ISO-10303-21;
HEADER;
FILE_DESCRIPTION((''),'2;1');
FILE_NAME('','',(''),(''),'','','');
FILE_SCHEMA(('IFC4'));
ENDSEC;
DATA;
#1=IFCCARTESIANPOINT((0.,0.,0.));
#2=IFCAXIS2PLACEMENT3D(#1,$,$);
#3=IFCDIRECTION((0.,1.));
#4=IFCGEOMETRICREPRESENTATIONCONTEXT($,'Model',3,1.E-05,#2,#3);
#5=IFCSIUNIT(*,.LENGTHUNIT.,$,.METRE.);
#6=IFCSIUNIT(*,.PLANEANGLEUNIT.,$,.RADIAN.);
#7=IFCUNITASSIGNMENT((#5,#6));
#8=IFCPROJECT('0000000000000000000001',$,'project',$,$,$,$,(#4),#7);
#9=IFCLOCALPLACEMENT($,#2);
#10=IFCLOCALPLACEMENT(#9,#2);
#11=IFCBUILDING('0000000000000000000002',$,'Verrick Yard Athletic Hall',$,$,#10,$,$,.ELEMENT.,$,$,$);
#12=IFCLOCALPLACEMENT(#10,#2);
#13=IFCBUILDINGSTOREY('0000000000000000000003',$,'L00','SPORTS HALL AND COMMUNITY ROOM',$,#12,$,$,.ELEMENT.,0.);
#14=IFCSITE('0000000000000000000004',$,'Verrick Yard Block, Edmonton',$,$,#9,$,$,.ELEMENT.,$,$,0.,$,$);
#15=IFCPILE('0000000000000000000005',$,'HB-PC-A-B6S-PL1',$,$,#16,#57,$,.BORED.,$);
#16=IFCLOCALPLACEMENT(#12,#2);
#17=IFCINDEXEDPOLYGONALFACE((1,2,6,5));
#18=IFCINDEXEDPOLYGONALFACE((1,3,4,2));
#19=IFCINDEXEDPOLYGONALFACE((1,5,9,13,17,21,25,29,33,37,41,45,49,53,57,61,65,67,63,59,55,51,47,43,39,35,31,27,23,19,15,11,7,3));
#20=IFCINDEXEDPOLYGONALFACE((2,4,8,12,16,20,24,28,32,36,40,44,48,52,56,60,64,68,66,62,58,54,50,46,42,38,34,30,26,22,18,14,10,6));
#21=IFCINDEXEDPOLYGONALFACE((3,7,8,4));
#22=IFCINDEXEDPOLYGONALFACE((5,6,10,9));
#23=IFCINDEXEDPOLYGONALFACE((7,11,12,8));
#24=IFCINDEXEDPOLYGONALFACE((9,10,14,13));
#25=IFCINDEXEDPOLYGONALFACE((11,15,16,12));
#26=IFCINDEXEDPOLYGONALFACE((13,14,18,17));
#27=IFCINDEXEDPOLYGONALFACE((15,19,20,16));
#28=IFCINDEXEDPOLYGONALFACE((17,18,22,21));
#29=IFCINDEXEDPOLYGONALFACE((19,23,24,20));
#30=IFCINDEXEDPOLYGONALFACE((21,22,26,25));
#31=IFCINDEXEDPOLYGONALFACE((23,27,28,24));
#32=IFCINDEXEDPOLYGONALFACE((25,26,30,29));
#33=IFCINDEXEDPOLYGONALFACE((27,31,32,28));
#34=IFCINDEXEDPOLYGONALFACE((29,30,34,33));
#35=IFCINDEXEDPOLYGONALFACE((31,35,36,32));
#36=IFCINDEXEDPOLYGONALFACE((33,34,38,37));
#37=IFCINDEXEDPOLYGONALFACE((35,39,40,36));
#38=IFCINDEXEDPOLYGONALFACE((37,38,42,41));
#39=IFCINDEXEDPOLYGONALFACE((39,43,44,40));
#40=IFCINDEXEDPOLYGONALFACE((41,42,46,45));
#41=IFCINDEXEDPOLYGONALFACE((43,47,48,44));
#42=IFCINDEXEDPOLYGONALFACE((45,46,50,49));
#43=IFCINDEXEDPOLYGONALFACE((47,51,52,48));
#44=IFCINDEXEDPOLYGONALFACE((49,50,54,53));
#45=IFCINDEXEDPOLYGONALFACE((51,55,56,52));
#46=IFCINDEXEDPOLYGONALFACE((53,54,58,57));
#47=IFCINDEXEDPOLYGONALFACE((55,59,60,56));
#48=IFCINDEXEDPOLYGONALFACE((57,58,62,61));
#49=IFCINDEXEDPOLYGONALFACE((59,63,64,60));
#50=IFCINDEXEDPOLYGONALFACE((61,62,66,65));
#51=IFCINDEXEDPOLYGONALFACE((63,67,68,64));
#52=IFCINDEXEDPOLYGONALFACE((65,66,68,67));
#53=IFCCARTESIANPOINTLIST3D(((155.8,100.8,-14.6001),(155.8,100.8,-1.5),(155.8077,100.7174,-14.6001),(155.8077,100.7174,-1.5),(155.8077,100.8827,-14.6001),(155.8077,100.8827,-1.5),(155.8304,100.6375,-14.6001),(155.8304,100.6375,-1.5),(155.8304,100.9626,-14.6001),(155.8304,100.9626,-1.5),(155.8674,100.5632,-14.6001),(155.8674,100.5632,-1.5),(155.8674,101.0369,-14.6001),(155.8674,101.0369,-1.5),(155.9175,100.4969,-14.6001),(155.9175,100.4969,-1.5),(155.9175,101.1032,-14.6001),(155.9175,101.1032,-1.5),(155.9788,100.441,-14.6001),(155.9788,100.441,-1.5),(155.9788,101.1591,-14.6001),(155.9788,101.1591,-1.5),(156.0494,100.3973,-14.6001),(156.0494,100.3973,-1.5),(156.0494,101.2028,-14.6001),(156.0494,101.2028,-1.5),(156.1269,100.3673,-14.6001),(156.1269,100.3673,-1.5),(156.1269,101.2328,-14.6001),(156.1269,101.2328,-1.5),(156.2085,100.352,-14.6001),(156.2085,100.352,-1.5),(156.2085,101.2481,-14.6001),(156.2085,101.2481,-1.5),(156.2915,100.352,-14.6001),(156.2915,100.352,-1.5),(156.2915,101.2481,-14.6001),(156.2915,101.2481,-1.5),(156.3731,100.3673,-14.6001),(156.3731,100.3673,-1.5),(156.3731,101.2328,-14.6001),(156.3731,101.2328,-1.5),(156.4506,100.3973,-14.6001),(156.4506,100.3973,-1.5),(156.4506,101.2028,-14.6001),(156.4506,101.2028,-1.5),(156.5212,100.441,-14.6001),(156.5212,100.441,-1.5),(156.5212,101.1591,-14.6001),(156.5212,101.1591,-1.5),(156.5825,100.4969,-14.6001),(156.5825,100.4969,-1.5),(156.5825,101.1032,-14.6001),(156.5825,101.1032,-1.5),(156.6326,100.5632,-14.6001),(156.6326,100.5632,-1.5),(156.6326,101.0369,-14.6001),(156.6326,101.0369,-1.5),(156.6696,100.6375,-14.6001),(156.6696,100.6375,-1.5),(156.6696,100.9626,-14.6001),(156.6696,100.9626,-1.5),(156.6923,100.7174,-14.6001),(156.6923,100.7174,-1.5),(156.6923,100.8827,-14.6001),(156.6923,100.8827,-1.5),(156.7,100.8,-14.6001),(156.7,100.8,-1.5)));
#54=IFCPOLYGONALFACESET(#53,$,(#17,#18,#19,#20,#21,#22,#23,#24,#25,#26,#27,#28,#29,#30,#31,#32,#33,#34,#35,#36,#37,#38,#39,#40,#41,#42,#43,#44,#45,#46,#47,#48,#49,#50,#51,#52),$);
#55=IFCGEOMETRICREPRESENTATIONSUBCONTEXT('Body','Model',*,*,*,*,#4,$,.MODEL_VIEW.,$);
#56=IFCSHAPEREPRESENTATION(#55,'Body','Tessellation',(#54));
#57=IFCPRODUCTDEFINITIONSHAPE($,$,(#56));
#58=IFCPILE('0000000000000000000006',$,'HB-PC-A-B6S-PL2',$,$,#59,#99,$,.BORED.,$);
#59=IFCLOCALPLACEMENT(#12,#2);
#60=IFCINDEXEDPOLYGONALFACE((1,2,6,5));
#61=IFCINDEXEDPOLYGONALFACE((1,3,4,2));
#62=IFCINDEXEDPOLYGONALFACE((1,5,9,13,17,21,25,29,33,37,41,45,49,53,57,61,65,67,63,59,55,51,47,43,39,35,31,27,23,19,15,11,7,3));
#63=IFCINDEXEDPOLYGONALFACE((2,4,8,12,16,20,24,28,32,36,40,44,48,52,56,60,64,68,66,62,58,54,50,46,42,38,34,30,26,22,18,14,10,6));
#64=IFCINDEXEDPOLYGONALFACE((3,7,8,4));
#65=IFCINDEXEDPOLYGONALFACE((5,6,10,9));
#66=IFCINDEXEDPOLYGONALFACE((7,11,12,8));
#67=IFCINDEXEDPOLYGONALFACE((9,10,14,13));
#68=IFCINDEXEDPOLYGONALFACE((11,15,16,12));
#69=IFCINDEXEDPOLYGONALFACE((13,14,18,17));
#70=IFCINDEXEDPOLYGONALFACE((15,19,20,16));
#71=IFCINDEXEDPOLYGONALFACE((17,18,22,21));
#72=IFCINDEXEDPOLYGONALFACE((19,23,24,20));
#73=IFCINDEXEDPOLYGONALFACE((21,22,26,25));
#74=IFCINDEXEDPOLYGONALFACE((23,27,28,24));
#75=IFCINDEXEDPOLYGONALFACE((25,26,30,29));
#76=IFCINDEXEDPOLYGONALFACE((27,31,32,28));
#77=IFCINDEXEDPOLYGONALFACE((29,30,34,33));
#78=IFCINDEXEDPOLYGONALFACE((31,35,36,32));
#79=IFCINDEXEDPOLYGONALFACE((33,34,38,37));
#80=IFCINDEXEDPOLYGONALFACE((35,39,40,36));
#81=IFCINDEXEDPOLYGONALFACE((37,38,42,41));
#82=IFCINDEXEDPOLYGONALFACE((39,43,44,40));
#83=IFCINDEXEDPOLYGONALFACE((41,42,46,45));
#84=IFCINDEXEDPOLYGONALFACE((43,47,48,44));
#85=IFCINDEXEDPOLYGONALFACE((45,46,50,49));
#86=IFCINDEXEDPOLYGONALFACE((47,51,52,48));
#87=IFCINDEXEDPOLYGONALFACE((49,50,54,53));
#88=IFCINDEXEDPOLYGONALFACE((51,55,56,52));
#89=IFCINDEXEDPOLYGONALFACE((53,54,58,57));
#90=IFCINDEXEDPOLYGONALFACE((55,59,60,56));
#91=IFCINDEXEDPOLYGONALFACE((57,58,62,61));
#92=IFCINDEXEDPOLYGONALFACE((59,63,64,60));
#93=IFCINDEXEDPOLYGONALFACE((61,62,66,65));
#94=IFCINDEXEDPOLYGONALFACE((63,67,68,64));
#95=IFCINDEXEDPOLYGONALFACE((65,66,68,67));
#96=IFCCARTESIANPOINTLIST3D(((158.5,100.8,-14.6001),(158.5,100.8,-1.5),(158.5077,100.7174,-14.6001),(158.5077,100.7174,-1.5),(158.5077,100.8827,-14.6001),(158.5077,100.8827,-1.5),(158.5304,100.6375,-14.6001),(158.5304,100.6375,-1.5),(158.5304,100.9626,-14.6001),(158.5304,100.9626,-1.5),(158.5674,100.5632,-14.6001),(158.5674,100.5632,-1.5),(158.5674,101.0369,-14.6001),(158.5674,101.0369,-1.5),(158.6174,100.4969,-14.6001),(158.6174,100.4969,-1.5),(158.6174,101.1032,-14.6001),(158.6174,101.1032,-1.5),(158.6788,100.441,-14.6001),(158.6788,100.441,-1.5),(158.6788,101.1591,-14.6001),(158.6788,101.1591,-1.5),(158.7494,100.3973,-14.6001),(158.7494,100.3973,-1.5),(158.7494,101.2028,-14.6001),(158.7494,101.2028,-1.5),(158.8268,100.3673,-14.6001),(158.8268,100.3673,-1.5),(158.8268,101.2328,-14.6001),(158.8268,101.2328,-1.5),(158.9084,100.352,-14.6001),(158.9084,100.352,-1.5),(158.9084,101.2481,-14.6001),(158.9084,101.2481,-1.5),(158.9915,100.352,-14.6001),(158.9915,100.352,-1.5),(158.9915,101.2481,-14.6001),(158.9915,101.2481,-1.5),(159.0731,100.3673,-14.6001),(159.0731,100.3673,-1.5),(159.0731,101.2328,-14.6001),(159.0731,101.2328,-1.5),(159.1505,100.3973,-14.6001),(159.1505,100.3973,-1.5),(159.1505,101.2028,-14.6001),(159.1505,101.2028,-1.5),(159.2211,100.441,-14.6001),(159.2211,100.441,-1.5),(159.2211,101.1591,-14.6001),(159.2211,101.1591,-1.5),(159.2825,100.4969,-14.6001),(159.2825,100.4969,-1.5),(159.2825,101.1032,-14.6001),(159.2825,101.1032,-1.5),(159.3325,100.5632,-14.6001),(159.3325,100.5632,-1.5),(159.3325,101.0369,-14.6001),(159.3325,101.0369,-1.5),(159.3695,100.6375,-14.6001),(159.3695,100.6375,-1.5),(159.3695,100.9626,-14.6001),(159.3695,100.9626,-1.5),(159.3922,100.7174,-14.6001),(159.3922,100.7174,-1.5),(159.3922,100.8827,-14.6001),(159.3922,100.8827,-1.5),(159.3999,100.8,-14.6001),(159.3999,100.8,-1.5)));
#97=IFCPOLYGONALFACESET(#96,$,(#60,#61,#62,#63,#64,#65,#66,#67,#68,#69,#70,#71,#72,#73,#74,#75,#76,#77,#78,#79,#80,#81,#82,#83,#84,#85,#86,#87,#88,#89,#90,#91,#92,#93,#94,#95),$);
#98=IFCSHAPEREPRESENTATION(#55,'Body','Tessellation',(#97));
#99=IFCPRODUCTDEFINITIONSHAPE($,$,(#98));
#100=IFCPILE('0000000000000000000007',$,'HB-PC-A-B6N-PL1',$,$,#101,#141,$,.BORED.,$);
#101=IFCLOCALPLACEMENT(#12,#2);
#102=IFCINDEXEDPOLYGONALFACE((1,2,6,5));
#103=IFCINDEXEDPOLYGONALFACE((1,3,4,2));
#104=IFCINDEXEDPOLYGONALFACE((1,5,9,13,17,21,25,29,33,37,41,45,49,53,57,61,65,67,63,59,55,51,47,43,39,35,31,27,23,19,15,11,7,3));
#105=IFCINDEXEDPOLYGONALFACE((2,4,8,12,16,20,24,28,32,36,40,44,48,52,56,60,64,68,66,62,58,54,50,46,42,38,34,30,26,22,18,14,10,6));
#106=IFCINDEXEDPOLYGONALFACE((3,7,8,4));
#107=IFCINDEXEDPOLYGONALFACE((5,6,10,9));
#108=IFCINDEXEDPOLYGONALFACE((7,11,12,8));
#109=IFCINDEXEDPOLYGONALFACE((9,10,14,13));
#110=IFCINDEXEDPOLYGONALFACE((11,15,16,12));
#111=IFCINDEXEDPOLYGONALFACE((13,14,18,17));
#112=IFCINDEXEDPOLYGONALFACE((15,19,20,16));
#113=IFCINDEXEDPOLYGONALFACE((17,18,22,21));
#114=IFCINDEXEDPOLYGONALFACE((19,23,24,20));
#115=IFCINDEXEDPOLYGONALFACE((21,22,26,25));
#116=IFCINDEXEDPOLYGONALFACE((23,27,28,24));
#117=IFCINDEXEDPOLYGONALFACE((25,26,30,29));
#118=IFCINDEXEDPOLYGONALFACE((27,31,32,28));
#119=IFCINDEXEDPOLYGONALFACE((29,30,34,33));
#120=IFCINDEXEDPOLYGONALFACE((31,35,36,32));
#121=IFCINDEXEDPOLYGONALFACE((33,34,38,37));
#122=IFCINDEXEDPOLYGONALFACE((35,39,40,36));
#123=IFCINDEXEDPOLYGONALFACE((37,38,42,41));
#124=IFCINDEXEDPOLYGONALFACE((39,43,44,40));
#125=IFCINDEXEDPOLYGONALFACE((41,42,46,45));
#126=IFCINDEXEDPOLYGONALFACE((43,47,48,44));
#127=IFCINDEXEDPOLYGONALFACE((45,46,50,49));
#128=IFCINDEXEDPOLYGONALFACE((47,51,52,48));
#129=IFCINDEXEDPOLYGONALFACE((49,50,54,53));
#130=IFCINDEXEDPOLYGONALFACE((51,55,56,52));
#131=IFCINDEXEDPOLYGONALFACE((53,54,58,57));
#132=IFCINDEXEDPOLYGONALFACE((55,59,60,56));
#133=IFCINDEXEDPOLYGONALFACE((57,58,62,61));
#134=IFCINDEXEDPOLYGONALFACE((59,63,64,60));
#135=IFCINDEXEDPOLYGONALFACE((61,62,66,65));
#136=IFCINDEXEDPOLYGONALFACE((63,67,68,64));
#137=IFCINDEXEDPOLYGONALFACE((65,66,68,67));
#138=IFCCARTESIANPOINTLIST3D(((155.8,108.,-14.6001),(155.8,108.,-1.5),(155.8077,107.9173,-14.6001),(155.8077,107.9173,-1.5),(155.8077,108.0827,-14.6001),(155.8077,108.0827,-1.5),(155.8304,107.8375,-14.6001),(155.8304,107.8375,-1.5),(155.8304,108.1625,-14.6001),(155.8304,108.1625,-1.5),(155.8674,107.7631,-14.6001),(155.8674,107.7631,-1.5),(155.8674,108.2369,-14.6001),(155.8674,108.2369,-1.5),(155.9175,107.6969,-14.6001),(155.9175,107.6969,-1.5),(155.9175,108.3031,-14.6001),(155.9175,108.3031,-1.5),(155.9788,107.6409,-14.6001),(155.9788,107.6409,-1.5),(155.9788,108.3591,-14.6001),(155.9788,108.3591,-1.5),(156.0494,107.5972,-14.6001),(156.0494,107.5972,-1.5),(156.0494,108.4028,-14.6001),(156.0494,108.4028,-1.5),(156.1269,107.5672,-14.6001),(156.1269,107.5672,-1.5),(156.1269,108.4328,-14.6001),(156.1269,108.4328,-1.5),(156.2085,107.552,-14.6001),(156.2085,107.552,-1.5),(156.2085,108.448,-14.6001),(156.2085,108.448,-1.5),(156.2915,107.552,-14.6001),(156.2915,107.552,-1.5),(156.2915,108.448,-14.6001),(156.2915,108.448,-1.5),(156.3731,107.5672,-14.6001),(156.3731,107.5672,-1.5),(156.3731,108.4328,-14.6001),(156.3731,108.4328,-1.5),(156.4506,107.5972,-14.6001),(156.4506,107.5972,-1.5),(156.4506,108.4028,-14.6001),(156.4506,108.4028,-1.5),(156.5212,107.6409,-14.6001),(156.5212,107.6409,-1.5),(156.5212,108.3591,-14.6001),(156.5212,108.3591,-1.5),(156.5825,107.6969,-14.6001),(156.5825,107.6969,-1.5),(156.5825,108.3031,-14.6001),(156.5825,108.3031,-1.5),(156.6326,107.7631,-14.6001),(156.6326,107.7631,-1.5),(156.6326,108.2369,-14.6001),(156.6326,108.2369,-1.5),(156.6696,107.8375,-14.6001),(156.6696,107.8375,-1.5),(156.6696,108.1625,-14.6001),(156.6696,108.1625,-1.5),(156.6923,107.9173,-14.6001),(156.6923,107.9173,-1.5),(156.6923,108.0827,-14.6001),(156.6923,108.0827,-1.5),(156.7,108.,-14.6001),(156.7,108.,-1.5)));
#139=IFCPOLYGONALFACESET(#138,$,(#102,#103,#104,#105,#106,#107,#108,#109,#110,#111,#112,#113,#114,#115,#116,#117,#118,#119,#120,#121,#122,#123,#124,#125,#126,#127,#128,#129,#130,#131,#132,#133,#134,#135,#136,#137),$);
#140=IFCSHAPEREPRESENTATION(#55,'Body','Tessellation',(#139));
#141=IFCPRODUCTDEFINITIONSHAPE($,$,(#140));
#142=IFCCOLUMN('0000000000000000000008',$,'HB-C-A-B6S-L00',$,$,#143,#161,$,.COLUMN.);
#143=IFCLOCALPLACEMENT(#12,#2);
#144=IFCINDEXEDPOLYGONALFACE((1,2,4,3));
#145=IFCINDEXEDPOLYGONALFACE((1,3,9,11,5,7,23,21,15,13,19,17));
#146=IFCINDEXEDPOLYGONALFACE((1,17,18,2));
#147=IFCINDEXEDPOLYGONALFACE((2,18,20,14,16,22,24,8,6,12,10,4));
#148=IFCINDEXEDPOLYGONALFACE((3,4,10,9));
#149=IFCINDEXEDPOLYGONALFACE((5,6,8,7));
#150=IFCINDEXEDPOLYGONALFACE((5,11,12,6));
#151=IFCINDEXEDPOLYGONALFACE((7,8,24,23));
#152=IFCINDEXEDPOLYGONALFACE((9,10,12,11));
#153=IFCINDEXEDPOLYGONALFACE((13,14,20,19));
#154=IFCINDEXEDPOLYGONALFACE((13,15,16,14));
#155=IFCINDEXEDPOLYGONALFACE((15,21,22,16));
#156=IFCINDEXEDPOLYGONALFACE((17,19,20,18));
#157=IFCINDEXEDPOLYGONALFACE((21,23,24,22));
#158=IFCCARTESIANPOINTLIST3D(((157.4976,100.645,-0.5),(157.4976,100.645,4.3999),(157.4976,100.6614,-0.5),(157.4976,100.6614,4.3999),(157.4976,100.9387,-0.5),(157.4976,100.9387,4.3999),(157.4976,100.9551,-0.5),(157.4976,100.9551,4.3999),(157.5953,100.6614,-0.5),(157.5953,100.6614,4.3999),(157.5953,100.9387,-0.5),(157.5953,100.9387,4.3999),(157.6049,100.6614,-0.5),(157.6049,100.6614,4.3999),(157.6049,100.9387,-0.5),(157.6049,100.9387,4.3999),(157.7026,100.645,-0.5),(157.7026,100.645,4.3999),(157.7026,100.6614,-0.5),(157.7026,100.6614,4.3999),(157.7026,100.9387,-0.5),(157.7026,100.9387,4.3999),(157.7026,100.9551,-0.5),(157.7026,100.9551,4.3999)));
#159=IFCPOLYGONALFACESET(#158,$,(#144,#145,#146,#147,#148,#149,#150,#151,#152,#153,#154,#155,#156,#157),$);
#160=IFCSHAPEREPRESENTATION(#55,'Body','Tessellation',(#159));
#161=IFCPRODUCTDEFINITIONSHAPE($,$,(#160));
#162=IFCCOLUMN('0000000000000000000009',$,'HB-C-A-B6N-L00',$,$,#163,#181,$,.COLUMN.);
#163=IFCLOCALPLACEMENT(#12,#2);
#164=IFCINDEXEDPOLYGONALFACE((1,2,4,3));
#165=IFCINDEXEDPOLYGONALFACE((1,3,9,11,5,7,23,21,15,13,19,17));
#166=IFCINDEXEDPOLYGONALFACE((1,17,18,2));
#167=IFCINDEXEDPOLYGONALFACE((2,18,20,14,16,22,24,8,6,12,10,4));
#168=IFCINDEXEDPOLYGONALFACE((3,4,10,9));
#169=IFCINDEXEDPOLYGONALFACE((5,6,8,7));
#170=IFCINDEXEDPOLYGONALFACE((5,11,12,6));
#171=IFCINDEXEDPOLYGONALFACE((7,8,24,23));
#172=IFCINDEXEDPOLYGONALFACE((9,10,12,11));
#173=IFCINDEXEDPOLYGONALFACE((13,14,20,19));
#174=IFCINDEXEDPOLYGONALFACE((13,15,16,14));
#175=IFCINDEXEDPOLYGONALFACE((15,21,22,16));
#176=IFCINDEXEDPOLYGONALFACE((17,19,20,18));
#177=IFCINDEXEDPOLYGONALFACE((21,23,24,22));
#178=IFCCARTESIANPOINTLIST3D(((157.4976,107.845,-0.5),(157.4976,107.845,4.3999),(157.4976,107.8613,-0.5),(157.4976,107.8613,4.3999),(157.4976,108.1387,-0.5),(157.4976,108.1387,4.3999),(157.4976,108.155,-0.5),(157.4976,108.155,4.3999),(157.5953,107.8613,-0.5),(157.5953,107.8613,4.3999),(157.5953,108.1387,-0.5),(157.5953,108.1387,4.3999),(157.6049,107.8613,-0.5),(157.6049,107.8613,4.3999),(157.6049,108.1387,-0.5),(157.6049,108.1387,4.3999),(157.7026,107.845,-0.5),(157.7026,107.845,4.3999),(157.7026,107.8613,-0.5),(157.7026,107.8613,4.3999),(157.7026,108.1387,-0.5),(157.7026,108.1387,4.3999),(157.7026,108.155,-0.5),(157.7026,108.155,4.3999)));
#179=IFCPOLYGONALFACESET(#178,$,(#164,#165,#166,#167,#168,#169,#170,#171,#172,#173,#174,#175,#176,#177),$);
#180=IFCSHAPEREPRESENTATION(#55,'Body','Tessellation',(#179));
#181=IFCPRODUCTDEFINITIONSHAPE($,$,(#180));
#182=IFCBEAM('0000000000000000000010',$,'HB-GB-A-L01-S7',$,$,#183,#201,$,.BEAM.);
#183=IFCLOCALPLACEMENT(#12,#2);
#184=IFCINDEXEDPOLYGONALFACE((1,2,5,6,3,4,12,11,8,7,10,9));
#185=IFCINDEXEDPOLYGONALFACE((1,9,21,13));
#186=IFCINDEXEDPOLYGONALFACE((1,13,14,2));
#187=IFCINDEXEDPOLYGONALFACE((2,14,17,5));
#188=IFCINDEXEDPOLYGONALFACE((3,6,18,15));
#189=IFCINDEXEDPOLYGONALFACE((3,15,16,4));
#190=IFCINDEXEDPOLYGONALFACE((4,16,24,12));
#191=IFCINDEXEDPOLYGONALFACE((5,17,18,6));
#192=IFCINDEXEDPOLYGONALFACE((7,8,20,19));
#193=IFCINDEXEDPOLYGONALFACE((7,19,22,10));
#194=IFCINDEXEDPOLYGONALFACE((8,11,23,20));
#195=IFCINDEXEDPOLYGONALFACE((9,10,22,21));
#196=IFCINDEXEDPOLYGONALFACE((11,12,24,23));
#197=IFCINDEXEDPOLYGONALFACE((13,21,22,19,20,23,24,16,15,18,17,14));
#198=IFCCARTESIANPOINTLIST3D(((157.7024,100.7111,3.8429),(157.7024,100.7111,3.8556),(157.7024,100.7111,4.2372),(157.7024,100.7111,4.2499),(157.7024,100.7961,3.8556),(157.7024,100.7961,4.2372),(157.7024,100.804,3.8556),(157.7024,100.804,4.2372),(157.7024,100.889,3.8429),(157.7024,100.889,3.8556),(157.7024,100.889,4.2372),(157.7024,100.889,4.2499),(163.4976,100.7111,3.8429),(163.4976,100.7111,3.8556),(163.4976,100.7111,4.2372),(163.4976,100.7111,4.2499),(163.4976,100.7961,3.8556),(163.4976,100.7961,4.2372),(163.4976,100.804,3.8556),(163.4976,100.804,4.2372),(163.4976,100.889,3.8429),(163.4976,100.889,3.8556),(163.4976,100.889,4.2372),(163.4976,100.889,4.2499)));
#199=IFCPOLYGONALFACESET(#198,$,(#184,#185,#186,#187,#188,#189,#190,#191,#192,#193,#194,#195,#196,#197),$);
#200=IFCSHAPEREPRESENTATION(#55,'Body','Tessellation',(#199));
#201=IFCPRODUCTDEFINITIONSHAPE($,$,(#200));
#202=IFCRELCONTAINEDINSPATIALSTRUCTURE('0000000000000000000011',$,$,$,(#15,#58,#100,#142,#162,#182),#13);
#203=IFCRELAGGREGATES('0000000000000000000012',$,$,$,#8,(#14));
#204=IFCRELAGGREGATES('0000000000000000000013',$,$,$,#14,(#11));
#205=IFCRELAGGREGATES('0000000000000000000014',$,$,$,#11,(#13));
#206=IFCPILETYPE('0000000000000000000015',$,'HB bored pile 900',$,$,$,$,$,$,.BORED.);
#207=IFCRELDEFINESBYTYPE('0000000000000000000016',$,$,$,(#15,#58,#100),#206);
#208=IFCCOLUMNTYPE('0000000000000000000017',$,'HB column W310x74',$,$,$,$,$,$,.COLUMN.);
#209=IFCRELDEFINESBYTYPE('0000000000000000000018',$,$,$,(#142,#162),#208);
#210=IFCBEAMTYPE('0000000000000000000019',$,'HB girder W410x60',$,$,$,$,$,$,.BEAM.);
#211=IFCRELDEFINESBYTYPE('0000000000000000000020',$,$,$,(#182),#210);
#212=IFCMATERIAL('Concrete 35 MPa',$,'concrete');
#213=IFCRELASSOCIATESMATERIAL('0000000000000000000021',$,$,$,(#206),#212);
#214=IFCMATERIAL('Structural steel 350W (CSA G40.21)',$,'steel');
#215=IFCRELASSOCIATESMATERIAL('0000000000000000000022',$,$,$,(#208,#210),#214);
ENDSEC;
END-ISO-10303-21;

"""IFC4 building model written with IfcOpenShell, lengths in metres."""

from ifc_helpers import new_model, si_unit, direction, frame, origin, origin_2d, place, context, subcontext, project, spatial, circle, i_section, extrude, material, material_profile, profile_set, type_object, element, save


model = new_model("IFC4")

# Units and contexts
model_context = context("Model", 3, precision=1e-05, world=origin(), true_north=direction((0.0, 1.0)))
body_context = subcontext(model_context, "Body", "Model", "MODEL_VIEW")
ifc_project = project(units=[si_unit("LENGTHUNIT", "METRE"), si_unit("PLANEANGLEUNIT", "RADIAN")], contexts=[model_context])

# Site, building, storey
site_placement = place(None, origin())
site = spatial("IfcSite", under=ifc_project, at=site_placement, Name="Verrick Yard Block, Edmonton", CompositionType="ELEMENT", RefElevation=0.0)
building_placement = place(site_placement, origin())
building = spatial("IfcBuilding", under=site, at=building_placement, Name="Verrick Yard Athletic Hall", CompositionType="ELEMENT")
storey_placement = place(building_placement, origin())
storey = spatial("IfcBuildingStorey", under=building, at=storey_placement, Name="L00", Description="SPORTS HALL AND COMMUNITY ROOM", CompositionType="ELEMENT", Elevation=0.0)

# Piles
ifc_material_1 = material(Name="Concrete 35 MPa", Category="concrete")
ifc_material_profile_1 = material_profile(ifc_material_1, circle(Radius=0.45, at=origin_2d()), Name="Bored pile 900")
ifc_profile_set_1 = profile_set([ifc_material_profile_1], Name="Concrete 35 MPa")
pile_type = type_object("IfcPileType", Name="HB bored pile 900", PredefinedType="BORED", material=ifc_profile_set_1)
for number, where, z_axis, x_axis, name in (
    (1, (156.25, 100.8, -1.5), (0.0, 0.0, -1.0), (1.0, 0.0, 0.0), "HB-PC-A-B6S-PL1"),
    (2, (158.95, 100.8, -1.5), (0.0, 0.0, -1.0), (1.0, 0.0, 0.0), "HB-PC-A-B6S-PL2"),
    (3, (156.25, 108.0, -1.5), (0.0, 0.0, -1.0), (1.0, 0.0, 0.0), "HB-PC-A-B6N-PL1"),
):
    element("IfcPile", number, at=place(storey_placement, frame(where, z_axis=z_axis, x_axis=x_axis)), inside=storey, type_object=pile_type, Name=name, PredefinedType="BORED", context=body_context, shape_type="SweptSolid", body=[
        extrude(circle(Radius=0.45, at=origin_2d()), origin(), (0.0, 0.0, 1.0), 13.1001),
    ])

# Columns
ifc_material_2 = material(Name="Structural steel 350W (CSA G40.21)", Category="steel")
ifc_material_profile_2 = material_profile(ifc_material_2, i_section(OverallWidth=0.2051, OverallDepth=0.3101, WebThickness=0.0095, FlangeThickness=0.0164, at=origin_2d()), Name="W310x74")
ifc_profile_set_2 = profile_set([ifc_material_profile_2], Name="Structural steel 350W (CSA G40.21)")
column_type = type_object("IfcColumnType", Name="HB column W310x74", PredefinedType="COLUMN", material=ifc_profile_set_2)
for number, where, z_axis, x_axis, name in (
    (4, (157.6001, 100.8, -0.5), (0.0, 0.0, 1.0), (1.0, 0.0, 0.0), "HB-C-A-B6S-L00"),
    (5, (157.6001, 108.0, -0.5), (0.0, 0.0, 1.0), (1.0, 0.0, 0.0), "HB-C-A-B6N-L00"),
):
    element("IfcColumn", number, at=place(storey_placement, frame(where, z_axis=z_axis, x_axis=x_axis)), inside=storey, type_object=column_type, Name=name, PredefinedType="COLUMN", context=body_context, shape_type="SweptSolid", body=[
        extrude(i_section(OverallWidth=0.2051, OverallDepth=0.3101, WebThickness=0.0095, FlangeThickness=0.0164, at=origin_2d()), origin(), (0.0, 0.0, 1.0), 4.8999),
    ])

# Beam
ifc_material_profile_3 = material_profile(ifc_material_2, i_section(OverallWidth=0.178, OverallDepth=0.407, WebThickness=0.0078, FlangeThickness=0.0127, at=origin_2d()), Name="W410x60")
ifc_profile_set_3 = profile_set([ifc_material_profile_3], Name="Structural steel 350W (CSA G40.21)")
beam_type_1 = type_object("IfcBeamType", Name="HB girder W410x60", PredefinedType="BEAM", material=ifc_profile_set_3)
for number, where, z_axis, x_axis, name in (
    (6, (157.7024, 100.8, 4.0464), (1.0, 0.0, 0.0), (0.0, 1.0, 0.0), "HB-GB-A-L01-S7"),
):
    element("IfcBeam", number, at=place(storey_placement, frame(where, z_axis=z_axis, x_axis=x_axis)), inside=storey, type_object=beam_type_1, Name=name, PredefinedType="BEAM", context=body_context, shape_type="SweptSolid", body=[
        extrude(i_section(OverallWidth=0.178, OverallDepth=0.407, WebThickness=0.0078, FlangeThickness=0.0127, at=origin_2d()), origin(), (0.0, 0.0, 1.0), 5.7952),
    ])

save(model, "model.ifc")
